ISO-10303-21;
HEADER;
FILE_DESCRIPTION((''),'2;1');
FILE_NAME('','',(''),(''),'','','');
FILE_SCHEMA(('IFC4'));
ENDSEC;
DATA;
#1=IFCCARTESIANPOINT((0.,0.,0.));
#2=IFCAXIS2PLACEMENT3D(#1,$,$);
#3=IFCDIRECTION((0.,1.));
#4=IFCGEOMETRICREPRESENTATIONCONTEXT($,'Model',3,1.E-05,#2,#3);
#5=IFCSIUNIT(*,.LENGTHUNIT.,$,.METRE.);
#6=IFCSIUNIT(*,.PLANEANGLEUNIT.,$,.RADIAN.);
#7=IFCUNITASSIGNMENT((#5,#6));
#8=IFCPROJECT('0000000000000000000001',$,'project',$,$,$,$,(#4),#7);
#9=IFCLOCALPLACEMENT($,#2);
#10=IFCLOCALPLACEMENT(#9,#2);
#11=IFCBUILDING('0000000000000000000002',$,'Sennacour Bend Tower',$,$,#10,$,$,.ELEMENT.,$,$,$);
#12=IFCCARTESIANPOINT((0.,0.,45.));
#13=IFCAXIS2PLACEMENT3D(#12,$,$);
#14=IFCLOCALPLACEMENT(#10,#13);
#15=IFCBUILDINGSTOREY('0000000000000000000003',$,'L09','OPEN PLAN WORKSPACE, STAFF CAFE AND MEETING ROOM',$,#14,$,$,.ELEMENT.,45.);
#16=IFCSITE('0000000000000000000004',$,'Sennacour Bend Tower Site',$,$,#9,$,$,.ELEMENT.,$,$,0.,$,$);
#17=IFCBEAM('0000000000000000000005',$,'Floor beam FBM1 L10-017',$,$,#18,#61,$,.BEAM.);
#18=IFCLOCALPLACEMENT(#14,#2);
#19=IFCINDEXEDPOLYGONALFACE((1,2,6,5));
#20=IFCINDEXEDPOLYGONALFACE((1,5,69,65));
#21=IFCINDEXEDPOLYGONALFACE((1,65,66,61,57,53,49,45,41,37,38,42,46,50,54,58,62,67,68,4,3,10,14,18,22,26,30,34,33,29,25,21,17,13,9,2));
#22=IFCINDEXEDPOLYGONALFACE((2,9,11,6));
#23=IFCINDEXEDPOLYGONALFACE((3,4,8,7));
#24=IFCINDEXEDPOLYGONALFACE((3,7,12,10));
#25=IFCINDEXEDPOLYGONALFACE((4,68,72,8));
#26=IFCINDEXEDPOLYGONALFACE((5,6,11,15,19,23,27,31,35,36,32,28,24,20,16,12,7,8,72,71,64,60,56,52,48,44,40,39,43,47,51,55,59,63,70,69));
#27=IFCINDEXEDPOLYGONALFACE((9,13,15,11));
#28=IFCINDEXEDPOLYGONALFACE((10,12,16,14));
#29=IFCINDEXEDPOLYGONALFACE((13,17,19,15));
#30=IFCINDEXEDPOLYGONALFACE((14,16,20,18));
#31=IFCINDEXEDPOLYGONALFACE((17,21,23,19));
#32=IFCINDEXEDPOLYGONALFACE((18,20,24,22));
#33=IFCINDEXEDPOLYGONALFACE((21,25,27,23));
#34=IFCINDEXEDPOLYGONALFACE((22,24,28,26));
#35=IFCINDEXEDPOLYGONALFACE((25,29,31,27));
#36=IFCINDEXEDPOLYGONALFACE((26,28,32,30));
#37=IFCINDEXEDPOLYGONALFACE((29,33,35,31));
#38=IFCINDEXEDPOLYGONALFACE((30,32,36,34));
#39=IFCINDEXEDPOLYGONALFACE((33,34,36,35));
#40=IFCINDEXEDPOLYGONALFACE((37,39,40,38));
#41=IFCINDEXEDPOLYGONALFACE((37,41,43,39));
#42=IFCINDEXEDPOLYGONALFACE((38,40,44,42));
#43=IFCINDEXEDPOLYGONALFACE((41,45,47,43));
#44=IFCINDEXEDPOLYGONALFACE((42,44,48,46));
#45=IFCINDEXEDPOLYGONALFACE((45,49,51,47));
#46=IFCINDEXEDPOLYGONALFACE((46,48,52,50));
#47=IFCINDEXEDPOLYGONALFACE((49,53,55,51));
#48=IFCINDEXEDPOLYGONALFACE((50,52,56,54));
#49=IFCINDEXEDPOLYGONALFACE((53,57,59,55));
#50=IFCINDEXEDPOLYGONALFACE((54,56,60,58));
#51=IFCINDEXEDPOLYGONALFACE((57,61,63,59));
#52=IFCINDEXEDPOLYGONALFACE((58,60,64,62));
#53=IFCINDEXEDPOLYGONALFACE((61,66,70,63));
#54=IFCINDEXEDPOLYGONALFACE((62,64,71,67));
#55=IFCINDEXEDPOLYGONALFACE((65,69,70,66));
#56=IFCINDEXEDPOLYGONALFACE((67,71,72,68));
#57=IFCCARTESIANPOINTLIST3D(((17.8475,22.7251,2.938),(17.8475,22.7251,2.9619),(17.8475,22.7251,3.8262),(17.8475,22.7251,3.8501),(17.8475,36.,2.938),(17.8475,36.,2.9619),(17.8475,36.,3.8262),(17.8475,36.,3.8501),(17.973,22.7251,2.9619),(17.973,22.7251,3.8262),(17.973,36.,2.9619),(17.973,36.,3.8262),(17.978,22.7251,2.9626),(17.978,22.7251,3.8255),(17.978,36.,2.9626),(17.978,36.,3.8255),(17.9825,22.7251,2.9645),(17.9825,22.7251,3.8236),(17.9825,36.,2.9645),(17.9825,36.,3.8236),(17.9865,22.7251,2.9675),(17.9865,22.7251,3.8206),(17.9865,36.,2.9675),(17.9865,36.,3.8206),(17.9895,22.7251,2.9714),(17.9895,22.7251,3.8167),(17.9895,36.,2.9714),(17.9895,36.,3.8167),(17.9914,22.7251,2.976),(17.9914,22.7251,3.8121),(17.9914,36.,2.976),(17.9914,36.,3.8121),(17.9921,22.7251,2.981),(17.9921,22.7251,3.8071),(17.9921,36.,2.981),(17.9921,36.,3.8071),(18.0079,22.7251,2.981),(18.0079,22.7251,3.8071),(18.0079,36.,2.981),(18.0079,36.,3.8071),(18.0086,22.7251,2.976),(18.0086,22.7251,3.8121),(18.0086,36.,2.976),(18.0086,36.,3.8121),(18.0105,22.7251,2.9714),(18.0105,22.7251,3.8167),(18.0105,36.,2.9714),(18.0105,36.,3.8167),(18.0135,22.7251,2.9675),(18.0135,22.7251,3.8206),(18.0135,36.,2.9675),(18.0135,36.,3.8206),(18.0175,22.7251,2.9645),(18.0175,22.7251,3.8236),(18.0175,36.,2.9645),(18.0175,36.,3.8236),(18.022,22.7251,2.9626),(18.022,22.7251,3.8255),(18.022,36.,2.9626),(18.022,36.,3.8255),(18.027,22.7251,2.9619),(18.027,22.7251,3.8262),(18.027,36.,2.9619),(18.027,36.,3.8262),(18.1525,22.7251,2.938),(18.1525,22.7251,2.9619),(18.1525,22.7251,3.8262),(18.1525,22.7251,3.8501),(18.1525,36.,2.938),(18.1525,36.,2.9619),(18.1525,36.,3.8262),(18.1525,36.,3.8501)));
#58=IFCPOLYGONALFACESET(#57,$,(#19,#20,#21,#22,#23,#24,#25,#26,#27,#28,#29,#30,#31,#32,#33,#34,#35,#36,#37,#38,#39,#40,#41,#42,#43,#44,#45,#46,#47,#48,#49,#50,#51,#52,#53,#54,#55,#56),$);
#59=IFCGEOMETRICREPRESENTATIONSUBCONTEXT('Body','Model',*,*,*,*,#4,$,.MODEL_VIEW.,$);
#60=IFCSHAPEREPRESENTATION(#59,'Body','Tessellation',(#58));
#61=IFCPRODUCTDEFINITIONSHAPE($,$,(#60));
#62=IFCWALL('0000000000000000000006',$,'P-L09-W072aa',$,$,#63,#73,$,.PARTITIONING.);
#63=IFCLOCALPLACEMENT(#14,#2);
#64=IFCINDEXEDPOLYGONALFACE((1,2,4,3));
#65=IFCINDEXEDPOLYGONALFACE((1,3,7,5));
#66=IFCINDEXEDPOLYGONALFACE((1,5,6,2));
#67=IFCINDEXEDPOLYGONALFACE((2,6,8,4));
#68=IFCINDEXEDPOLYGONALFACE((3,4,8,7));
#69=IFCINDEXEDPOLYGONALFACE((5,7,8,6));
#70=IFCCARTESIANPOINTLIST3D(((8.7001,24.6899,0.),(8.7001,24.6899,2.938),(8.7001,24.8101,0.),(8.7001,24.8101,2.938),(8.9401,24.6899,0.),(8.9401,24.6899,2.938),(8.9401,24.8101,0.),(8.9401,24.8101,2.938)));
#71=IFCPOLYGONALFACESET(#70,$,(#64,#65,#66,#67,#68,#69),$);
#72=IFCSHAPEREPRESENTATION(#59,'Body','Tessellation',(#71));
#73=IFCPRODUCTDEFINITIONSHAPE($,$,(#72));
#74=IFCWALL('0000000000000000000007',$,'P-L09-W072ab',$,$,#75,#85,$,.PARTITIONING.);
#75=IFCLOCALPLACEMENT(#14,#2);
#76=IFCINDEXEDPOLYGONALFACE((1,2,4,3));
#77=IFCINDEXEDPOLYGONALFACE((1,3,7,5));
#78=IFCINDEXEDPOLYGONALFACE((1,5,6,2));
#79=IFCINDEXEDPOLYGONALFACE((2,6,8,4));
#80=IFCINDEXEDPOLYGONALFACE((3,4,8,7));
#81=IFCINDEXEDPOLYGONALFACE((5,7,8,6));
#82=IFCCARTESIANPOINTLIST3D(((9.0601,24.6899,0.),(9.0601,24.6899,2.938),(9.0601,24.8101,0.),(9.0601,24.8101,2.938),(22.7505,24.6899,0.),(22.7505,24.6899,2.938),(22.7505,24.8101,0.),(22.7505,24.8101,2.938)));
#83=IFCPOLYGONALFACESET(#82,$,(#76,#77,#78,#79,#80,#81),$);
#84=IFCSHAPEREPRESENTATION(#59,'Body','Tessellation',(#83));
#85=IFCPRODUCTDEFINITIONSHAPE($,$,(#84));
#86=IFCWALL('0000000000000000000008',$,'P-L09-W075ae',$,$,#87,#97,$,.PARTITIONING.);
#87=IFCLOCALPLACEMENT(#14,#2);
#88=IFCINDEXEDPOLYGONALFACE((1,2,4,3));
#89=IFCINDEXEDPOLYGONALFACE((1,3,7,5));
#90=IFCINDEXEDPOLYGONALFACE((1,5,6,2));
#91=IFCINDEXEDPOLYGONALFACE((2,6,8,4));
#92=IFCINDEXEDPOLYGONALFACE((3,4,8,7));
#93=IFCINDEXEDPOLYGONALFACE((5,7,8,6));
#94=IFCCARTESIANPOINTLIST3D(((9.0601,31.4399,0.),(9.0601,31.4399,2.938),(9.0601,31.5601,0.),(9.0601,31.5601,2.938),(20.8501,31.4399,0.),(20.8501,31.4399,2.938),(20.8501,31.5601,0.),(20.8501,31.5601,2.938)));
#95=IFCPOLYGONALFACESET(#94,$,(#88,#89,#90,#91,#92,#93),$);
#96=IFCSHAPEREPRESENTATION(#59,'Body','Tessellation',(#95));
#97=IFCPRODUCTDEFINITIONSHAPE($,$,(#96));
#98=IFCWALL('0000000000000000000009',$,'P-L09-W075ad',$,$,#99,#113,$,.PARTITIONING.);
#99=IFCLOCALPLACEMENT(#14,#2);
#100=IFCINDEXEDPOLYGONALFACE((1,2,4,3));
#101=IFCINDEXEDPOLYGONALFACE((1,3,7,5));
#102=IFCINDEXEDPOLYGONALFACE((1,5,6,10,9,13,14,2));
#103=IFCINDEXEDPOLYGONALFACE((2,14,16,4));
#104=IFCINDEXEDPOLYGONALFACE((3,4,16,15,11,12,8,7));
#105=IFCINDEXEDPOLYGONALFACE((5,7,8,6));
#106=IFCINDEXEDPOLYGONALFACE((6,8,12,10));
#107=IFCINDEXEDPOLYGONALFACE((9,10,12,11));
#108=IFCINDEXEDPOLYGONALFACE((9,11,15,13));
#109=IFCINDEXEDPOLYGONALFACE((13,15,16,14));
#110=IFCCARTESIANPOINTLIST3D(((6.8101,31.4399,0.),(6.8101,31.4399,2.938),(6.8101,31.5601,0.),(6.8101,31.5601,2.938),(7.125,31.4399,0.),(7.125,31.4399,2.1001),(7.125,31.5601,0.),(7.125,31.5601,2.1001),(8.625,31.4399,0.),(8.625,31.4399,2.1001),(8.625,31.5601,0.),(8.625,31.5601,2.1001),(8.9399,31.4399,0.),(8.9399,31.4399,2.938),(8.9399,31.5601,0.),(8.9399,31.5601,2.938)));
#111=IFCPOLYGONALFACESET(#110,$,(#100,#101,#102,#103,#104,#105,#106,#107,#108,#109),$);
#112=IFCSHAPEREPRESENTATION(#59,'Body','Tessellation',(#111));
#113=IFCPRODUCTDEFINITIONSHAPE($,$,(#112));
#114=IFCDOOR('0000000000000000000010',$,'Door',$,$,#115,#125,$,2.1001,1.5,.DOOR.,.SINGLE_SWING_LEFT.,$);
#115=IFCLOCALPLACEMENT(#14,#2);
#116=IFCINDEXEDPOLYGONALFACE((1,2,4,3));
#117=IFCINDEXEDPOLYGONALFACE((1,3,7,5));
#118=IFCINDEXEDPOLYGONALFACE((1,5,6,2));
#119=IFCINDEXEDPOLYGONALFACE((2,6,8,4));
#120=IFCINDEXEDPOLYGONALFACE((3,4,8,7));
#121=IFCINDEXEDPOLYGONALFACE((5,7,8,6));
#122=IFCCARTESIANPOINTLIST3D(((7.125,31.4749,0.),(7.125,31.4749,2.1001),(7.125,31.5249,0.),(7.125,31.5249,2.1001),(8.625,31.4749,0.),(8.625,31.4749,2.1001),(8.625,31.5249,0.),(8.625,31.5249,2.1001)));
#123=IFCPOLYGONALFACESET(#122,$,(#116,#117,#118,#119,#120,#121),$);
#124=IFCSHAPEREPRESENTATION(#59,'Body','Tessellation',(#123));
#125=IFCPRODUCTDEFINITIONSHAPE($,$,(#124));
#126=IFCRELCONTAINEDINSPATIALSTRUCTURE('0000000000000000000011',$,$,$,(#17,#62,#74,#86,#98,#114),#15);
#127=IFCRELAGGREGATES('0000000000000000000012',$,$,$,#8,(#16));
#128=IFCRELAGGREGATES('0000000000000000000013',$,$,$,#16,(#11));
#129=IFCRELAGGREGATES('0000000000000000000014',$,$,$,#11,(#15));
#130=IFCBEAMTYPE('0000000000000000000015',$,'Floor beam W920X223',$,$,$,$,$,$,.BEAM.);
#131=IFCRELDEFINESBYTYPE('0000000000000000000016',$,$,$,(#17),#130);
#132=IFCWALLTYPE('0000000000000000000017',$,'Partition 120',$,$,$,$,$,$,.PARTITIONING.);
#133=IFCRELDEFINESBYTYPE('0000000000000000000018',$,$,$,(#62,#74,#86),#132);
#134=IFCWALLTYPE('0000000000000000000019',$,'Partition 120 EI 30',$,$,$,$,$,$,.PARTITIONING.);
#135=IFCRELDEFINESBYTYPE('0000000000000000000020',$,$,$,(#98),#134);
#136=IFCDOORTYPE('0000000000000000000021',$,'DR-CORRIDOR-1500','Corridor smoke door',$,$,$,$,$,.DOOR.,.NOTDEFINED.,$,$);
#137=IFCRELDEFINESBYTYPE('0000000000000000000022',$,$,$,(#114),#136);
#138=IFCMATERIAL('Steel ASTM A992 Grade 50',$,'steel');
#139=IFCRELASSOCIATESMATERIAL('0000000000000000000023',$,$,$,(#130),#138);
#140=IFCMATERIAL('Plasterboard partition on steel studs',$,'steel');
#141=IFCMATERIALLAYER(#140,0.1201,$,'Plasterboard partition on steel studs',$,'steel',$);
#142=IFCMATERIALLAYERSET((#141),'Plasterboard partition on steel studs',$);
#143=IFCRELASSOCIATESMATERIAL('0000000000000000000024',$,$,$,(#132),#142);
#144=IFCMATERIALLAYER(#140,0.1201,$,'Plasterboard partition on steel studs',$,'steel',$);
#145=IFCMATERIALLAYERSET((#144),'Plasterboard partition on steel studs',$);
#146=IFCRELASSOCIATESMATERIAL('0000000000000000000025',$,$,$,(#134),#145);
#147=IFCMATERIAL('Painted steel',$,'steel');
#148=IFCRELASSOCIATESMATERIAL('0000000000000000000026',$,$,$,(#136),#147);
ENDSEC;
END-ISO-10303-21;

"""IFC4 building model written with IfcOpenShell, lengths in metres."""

from ifc_helpers import new_model, si_unit, direction, frame, frame_2d, origin, origin_2d, place, context, subcontext, project, spatial, rectangle, i_section, extrude, material, layer, layer_set, material_profile, profile_set, type_object, element, fill, save


model = new_model("IFC4")

# Units and contexts
model_context = context("Model", 3, precision=1e-05, world=origin(), true_north=direction((0.0, 1.0)))
body_context = subcontext(model_context, "Body", "Model", "MODEL_VIEW")
ifc_project = project(units=[si_unit("LENGTHUNIT", "METRE"), si_unit("PLANEANGLEUNIT", "RADIAN")], contexts=[model_context])

# Site, building, storey
site_placement = place(None, origin())
site = spatial("IfcSite", under=ifc_project, at=site_placement, Name="Sennacour Bend Tower Site", CompositionType="ELEMENT", RefElevation=0.0)
building_placement = place(site_placement, origin())
building = spatial("IfcBuilding", under=site, at=building_placement, Name="Sennacour Bend Tower", CompositionType="ELEMENT")
storey_placement = place(building_placement, frame((0.0, 0.0, 45.0)))
storey = spatial("IfcBuildingStorey", under=building, at=storey_placement, Name="L09", Description="OPEN PLAN WORKSPACE, STAFF CAFE AND MEETING ROOM", CompositionType="ELEMENT", Elevation=45.0)

# Beam
ifc_material_1 = material(Name="Steel ASTM A992 Grade 50", Category="steel")
ifc_material_profile = material_profile(ifc_material_1, i_section(OverallWidth=0.3049, OverallDepth=0.9121, WebThickness=0.0159, FlangeThickness=0.0239, FilletRadius=0.019, at=origin_2d()), Name="Steel ASTM A992 Grade 50", Category="steel")
ifc_profile_set = profile_set([ifc_material_profile], Name="Steel ASTM A992 Grade 50")
beam_type = type_object("IfcBeamType", Name="Floor beam W920X223", PredefinedType="BEAM", material=ifc_profile_set)
for number, where, z_axis, x_axis, name in (
    (1, (18.0, 22.7251, 3.394), (0.0, 1.0, 0.0), (-1.0, 0.0, 0.0), "Floor beam FBM1 L10-017"),
):
    element("IfcBeam", number, at=place(storey_placement, frame(where, z_axis=z_axis, x_axis=x_axis)), inside=storey, type_object=beam_type, Name=name, PredefinedType="BEAM", context=body_context, shape_type="SweptSolid", body=[
        extrude(i_section(OverallWidth=0.3049, OverallDepth=0.9121, WebThickness=0.0159, FlangeThickness=0.0239, FilletRadius=0.019, at=origin_2d()), origin(), (0.0, 0.0, 1.0), 13.2749),
    ])

# Walls
ifc_material_2 = material(Name="Plasterboard partition on steel studs", Category="steel")
ifc_layer_1 = layer(ifc_material_2, 0.1201, Name="Plasterboard partition on steel studs", Category="steel")
ifc_layer_set_1 = layer_set([ifc_layer_1], Name="Plasterboard partition on steel studs")
wall_type_1 = type_object("IfcWallType", Name="Partition 120", PredefinedType="PARTITIONING", material=ifc_layer_set_1)
wall_1_placement = place(storey_placement, frame((8.7, 24.75, 0.0), z_axis=(0.0, 0.0, 1.0), x_axis=(1.0, 0.0, 0.0)))
element("IfcWall", 2, at=wall_1_placement, inside=storey, type_object=wall_type_1, Name="P-L09-W072aa", PredefinedType="PARTITIONING", context=body_context, shape_type="SweptSolid", body=[
    extrude(rectangle(XDim=0.24, YDim=0.1201, at=frame_2d((0.1201, 0.0))), origin(), (0.0, 0.0, 1.0), 2.938),
])
wall_2_placement = place(storey_placement, frame((9.0601, 24.75, 0.0), z_axis=(0.0, 0.0, 1.0), x_axis=(1.0, 0.0, 0.0)))
element("IfcWall", 3, at=wall_2_placement, inside=storey, type_object=wall_type_1, Name="P-L09-W072ab", PredefinedType="PARTITIONING", context=body_context, shape_type="SweptSolid", body=[
    extrude(rectangle(XDim=13.6904, YDim=0.1201, at=frame_2d((6.8452, 0.0))), origin(), (0.0, 0.0, 1.0), 2.938),
])
wall_3_placement = place(storey_placement, frame((9.0601, 31.5, 0.0), z_axis=(0.0, 0.0, 1.0), x_axis=(1.0, 0.0, 0.0)))
element("IfcWall", 4, at=wall_3_placement, inside=storey, type_object=wall_type_1, Name="P-L09-W075ae", PredefinedType="PARTITIONING", context=body_context, shape_type="SweptSolid", body=[
    extrude(rectangle(XDim=11.79, YDim=0.1201, at=frame_2d((5.895, 0.0))), origin(), (0.0, 0.0, 1.0), 2.938),
])

# Wall, opening, door
ifc_layer_2 = layer(ifc_material_2, 0.1201, Name="Plasterboard partition on steel studs", Category="steel")
ifc_layer_set_2 = layer_set([ifc_layer_2], Name="Plasterboard partition on steel studs")
wall_type_2 = type_object("IfcWallType", Name="Partition 120 EI 30", PredefinedType="PARTITIONING", material=ifc_layer_set_2)
wall_4_placement = place(storey_placement, frame((6.8101, 31.5, 0.0), z_axis=(0.0, 0.0, 1.0), x_axis=(1.0, 0.0, 0.0)))
wall_4 = element("IfcWall", 5, at=wall_4_placement, inside=storey, type_object=wall_type_2, Name="P-L09-W075ad", PredefinedType="PARTITIONING", context=body_context, shape_type="SweptSolid", body=[
    extrude(rectangle(XDim=2.1299, YDim=0.1201, at=frame_2d((1.0649, 0.0))), origin(), (0.0, 0.0, 1.0), 2.938),
])
opening_1_placement = place(wall_4_placement, frame((0.3149, 0.0, 0.0)))
opening_1 = element("IfcOpeningElement", 6, at=opening_1_placement, cuts=wall_4, PredefinedType="OPENING", context=body_context, shape_type="SweptSolid", body=[
    extrude(rectangle(XDim=1.5, YDim=2.1001, at=frame_2d((0.75, 1.05))), frame((0.0, 0.0701, 0.0), z_axis=(0.0, -1.0, 0.0), x_axis=(1.0, 0.0, 0.0)), (0.0, 0.0, 1.0), 0.1401),
])
ifc_material_3 = material(Name="Painted steel", Category="steel")
door_type_1 = type_object("IfcDoorType", Name="DR-CORRIDOR-1500", Description="Corridor smoke door", OperationType="NOTDEFINED", PredefinedType="DOOR", material=ifc_material_3)
door_1_placement = place(opening_1_placement, origin())
door_1 = element("IfcDoor", 7, at=door_1_placement, inside=storey, type_object=door_type_1, Name="Door", OperationType="SINGLE_SWING_LEFT", OverallHeight=2.1001, OverallWidth=1.5, PredefinedType="DOOR", context=body_context, shape_type="SweptSolid", body=[
    extrude(rectangle(XDim=1.5, YDim=2.1001, at=frame_2d((0.75, 1.05))), frame((0.0, 0.0249, 0.0), z_axis=(0.0, -1.0, 0.0), x_axis=(1.0, 0.0, 0.0)), (0.0, 0.0, 1.0), 0.05),
])
fill(opening_1, door_1)

save(model, "model.ifc")
